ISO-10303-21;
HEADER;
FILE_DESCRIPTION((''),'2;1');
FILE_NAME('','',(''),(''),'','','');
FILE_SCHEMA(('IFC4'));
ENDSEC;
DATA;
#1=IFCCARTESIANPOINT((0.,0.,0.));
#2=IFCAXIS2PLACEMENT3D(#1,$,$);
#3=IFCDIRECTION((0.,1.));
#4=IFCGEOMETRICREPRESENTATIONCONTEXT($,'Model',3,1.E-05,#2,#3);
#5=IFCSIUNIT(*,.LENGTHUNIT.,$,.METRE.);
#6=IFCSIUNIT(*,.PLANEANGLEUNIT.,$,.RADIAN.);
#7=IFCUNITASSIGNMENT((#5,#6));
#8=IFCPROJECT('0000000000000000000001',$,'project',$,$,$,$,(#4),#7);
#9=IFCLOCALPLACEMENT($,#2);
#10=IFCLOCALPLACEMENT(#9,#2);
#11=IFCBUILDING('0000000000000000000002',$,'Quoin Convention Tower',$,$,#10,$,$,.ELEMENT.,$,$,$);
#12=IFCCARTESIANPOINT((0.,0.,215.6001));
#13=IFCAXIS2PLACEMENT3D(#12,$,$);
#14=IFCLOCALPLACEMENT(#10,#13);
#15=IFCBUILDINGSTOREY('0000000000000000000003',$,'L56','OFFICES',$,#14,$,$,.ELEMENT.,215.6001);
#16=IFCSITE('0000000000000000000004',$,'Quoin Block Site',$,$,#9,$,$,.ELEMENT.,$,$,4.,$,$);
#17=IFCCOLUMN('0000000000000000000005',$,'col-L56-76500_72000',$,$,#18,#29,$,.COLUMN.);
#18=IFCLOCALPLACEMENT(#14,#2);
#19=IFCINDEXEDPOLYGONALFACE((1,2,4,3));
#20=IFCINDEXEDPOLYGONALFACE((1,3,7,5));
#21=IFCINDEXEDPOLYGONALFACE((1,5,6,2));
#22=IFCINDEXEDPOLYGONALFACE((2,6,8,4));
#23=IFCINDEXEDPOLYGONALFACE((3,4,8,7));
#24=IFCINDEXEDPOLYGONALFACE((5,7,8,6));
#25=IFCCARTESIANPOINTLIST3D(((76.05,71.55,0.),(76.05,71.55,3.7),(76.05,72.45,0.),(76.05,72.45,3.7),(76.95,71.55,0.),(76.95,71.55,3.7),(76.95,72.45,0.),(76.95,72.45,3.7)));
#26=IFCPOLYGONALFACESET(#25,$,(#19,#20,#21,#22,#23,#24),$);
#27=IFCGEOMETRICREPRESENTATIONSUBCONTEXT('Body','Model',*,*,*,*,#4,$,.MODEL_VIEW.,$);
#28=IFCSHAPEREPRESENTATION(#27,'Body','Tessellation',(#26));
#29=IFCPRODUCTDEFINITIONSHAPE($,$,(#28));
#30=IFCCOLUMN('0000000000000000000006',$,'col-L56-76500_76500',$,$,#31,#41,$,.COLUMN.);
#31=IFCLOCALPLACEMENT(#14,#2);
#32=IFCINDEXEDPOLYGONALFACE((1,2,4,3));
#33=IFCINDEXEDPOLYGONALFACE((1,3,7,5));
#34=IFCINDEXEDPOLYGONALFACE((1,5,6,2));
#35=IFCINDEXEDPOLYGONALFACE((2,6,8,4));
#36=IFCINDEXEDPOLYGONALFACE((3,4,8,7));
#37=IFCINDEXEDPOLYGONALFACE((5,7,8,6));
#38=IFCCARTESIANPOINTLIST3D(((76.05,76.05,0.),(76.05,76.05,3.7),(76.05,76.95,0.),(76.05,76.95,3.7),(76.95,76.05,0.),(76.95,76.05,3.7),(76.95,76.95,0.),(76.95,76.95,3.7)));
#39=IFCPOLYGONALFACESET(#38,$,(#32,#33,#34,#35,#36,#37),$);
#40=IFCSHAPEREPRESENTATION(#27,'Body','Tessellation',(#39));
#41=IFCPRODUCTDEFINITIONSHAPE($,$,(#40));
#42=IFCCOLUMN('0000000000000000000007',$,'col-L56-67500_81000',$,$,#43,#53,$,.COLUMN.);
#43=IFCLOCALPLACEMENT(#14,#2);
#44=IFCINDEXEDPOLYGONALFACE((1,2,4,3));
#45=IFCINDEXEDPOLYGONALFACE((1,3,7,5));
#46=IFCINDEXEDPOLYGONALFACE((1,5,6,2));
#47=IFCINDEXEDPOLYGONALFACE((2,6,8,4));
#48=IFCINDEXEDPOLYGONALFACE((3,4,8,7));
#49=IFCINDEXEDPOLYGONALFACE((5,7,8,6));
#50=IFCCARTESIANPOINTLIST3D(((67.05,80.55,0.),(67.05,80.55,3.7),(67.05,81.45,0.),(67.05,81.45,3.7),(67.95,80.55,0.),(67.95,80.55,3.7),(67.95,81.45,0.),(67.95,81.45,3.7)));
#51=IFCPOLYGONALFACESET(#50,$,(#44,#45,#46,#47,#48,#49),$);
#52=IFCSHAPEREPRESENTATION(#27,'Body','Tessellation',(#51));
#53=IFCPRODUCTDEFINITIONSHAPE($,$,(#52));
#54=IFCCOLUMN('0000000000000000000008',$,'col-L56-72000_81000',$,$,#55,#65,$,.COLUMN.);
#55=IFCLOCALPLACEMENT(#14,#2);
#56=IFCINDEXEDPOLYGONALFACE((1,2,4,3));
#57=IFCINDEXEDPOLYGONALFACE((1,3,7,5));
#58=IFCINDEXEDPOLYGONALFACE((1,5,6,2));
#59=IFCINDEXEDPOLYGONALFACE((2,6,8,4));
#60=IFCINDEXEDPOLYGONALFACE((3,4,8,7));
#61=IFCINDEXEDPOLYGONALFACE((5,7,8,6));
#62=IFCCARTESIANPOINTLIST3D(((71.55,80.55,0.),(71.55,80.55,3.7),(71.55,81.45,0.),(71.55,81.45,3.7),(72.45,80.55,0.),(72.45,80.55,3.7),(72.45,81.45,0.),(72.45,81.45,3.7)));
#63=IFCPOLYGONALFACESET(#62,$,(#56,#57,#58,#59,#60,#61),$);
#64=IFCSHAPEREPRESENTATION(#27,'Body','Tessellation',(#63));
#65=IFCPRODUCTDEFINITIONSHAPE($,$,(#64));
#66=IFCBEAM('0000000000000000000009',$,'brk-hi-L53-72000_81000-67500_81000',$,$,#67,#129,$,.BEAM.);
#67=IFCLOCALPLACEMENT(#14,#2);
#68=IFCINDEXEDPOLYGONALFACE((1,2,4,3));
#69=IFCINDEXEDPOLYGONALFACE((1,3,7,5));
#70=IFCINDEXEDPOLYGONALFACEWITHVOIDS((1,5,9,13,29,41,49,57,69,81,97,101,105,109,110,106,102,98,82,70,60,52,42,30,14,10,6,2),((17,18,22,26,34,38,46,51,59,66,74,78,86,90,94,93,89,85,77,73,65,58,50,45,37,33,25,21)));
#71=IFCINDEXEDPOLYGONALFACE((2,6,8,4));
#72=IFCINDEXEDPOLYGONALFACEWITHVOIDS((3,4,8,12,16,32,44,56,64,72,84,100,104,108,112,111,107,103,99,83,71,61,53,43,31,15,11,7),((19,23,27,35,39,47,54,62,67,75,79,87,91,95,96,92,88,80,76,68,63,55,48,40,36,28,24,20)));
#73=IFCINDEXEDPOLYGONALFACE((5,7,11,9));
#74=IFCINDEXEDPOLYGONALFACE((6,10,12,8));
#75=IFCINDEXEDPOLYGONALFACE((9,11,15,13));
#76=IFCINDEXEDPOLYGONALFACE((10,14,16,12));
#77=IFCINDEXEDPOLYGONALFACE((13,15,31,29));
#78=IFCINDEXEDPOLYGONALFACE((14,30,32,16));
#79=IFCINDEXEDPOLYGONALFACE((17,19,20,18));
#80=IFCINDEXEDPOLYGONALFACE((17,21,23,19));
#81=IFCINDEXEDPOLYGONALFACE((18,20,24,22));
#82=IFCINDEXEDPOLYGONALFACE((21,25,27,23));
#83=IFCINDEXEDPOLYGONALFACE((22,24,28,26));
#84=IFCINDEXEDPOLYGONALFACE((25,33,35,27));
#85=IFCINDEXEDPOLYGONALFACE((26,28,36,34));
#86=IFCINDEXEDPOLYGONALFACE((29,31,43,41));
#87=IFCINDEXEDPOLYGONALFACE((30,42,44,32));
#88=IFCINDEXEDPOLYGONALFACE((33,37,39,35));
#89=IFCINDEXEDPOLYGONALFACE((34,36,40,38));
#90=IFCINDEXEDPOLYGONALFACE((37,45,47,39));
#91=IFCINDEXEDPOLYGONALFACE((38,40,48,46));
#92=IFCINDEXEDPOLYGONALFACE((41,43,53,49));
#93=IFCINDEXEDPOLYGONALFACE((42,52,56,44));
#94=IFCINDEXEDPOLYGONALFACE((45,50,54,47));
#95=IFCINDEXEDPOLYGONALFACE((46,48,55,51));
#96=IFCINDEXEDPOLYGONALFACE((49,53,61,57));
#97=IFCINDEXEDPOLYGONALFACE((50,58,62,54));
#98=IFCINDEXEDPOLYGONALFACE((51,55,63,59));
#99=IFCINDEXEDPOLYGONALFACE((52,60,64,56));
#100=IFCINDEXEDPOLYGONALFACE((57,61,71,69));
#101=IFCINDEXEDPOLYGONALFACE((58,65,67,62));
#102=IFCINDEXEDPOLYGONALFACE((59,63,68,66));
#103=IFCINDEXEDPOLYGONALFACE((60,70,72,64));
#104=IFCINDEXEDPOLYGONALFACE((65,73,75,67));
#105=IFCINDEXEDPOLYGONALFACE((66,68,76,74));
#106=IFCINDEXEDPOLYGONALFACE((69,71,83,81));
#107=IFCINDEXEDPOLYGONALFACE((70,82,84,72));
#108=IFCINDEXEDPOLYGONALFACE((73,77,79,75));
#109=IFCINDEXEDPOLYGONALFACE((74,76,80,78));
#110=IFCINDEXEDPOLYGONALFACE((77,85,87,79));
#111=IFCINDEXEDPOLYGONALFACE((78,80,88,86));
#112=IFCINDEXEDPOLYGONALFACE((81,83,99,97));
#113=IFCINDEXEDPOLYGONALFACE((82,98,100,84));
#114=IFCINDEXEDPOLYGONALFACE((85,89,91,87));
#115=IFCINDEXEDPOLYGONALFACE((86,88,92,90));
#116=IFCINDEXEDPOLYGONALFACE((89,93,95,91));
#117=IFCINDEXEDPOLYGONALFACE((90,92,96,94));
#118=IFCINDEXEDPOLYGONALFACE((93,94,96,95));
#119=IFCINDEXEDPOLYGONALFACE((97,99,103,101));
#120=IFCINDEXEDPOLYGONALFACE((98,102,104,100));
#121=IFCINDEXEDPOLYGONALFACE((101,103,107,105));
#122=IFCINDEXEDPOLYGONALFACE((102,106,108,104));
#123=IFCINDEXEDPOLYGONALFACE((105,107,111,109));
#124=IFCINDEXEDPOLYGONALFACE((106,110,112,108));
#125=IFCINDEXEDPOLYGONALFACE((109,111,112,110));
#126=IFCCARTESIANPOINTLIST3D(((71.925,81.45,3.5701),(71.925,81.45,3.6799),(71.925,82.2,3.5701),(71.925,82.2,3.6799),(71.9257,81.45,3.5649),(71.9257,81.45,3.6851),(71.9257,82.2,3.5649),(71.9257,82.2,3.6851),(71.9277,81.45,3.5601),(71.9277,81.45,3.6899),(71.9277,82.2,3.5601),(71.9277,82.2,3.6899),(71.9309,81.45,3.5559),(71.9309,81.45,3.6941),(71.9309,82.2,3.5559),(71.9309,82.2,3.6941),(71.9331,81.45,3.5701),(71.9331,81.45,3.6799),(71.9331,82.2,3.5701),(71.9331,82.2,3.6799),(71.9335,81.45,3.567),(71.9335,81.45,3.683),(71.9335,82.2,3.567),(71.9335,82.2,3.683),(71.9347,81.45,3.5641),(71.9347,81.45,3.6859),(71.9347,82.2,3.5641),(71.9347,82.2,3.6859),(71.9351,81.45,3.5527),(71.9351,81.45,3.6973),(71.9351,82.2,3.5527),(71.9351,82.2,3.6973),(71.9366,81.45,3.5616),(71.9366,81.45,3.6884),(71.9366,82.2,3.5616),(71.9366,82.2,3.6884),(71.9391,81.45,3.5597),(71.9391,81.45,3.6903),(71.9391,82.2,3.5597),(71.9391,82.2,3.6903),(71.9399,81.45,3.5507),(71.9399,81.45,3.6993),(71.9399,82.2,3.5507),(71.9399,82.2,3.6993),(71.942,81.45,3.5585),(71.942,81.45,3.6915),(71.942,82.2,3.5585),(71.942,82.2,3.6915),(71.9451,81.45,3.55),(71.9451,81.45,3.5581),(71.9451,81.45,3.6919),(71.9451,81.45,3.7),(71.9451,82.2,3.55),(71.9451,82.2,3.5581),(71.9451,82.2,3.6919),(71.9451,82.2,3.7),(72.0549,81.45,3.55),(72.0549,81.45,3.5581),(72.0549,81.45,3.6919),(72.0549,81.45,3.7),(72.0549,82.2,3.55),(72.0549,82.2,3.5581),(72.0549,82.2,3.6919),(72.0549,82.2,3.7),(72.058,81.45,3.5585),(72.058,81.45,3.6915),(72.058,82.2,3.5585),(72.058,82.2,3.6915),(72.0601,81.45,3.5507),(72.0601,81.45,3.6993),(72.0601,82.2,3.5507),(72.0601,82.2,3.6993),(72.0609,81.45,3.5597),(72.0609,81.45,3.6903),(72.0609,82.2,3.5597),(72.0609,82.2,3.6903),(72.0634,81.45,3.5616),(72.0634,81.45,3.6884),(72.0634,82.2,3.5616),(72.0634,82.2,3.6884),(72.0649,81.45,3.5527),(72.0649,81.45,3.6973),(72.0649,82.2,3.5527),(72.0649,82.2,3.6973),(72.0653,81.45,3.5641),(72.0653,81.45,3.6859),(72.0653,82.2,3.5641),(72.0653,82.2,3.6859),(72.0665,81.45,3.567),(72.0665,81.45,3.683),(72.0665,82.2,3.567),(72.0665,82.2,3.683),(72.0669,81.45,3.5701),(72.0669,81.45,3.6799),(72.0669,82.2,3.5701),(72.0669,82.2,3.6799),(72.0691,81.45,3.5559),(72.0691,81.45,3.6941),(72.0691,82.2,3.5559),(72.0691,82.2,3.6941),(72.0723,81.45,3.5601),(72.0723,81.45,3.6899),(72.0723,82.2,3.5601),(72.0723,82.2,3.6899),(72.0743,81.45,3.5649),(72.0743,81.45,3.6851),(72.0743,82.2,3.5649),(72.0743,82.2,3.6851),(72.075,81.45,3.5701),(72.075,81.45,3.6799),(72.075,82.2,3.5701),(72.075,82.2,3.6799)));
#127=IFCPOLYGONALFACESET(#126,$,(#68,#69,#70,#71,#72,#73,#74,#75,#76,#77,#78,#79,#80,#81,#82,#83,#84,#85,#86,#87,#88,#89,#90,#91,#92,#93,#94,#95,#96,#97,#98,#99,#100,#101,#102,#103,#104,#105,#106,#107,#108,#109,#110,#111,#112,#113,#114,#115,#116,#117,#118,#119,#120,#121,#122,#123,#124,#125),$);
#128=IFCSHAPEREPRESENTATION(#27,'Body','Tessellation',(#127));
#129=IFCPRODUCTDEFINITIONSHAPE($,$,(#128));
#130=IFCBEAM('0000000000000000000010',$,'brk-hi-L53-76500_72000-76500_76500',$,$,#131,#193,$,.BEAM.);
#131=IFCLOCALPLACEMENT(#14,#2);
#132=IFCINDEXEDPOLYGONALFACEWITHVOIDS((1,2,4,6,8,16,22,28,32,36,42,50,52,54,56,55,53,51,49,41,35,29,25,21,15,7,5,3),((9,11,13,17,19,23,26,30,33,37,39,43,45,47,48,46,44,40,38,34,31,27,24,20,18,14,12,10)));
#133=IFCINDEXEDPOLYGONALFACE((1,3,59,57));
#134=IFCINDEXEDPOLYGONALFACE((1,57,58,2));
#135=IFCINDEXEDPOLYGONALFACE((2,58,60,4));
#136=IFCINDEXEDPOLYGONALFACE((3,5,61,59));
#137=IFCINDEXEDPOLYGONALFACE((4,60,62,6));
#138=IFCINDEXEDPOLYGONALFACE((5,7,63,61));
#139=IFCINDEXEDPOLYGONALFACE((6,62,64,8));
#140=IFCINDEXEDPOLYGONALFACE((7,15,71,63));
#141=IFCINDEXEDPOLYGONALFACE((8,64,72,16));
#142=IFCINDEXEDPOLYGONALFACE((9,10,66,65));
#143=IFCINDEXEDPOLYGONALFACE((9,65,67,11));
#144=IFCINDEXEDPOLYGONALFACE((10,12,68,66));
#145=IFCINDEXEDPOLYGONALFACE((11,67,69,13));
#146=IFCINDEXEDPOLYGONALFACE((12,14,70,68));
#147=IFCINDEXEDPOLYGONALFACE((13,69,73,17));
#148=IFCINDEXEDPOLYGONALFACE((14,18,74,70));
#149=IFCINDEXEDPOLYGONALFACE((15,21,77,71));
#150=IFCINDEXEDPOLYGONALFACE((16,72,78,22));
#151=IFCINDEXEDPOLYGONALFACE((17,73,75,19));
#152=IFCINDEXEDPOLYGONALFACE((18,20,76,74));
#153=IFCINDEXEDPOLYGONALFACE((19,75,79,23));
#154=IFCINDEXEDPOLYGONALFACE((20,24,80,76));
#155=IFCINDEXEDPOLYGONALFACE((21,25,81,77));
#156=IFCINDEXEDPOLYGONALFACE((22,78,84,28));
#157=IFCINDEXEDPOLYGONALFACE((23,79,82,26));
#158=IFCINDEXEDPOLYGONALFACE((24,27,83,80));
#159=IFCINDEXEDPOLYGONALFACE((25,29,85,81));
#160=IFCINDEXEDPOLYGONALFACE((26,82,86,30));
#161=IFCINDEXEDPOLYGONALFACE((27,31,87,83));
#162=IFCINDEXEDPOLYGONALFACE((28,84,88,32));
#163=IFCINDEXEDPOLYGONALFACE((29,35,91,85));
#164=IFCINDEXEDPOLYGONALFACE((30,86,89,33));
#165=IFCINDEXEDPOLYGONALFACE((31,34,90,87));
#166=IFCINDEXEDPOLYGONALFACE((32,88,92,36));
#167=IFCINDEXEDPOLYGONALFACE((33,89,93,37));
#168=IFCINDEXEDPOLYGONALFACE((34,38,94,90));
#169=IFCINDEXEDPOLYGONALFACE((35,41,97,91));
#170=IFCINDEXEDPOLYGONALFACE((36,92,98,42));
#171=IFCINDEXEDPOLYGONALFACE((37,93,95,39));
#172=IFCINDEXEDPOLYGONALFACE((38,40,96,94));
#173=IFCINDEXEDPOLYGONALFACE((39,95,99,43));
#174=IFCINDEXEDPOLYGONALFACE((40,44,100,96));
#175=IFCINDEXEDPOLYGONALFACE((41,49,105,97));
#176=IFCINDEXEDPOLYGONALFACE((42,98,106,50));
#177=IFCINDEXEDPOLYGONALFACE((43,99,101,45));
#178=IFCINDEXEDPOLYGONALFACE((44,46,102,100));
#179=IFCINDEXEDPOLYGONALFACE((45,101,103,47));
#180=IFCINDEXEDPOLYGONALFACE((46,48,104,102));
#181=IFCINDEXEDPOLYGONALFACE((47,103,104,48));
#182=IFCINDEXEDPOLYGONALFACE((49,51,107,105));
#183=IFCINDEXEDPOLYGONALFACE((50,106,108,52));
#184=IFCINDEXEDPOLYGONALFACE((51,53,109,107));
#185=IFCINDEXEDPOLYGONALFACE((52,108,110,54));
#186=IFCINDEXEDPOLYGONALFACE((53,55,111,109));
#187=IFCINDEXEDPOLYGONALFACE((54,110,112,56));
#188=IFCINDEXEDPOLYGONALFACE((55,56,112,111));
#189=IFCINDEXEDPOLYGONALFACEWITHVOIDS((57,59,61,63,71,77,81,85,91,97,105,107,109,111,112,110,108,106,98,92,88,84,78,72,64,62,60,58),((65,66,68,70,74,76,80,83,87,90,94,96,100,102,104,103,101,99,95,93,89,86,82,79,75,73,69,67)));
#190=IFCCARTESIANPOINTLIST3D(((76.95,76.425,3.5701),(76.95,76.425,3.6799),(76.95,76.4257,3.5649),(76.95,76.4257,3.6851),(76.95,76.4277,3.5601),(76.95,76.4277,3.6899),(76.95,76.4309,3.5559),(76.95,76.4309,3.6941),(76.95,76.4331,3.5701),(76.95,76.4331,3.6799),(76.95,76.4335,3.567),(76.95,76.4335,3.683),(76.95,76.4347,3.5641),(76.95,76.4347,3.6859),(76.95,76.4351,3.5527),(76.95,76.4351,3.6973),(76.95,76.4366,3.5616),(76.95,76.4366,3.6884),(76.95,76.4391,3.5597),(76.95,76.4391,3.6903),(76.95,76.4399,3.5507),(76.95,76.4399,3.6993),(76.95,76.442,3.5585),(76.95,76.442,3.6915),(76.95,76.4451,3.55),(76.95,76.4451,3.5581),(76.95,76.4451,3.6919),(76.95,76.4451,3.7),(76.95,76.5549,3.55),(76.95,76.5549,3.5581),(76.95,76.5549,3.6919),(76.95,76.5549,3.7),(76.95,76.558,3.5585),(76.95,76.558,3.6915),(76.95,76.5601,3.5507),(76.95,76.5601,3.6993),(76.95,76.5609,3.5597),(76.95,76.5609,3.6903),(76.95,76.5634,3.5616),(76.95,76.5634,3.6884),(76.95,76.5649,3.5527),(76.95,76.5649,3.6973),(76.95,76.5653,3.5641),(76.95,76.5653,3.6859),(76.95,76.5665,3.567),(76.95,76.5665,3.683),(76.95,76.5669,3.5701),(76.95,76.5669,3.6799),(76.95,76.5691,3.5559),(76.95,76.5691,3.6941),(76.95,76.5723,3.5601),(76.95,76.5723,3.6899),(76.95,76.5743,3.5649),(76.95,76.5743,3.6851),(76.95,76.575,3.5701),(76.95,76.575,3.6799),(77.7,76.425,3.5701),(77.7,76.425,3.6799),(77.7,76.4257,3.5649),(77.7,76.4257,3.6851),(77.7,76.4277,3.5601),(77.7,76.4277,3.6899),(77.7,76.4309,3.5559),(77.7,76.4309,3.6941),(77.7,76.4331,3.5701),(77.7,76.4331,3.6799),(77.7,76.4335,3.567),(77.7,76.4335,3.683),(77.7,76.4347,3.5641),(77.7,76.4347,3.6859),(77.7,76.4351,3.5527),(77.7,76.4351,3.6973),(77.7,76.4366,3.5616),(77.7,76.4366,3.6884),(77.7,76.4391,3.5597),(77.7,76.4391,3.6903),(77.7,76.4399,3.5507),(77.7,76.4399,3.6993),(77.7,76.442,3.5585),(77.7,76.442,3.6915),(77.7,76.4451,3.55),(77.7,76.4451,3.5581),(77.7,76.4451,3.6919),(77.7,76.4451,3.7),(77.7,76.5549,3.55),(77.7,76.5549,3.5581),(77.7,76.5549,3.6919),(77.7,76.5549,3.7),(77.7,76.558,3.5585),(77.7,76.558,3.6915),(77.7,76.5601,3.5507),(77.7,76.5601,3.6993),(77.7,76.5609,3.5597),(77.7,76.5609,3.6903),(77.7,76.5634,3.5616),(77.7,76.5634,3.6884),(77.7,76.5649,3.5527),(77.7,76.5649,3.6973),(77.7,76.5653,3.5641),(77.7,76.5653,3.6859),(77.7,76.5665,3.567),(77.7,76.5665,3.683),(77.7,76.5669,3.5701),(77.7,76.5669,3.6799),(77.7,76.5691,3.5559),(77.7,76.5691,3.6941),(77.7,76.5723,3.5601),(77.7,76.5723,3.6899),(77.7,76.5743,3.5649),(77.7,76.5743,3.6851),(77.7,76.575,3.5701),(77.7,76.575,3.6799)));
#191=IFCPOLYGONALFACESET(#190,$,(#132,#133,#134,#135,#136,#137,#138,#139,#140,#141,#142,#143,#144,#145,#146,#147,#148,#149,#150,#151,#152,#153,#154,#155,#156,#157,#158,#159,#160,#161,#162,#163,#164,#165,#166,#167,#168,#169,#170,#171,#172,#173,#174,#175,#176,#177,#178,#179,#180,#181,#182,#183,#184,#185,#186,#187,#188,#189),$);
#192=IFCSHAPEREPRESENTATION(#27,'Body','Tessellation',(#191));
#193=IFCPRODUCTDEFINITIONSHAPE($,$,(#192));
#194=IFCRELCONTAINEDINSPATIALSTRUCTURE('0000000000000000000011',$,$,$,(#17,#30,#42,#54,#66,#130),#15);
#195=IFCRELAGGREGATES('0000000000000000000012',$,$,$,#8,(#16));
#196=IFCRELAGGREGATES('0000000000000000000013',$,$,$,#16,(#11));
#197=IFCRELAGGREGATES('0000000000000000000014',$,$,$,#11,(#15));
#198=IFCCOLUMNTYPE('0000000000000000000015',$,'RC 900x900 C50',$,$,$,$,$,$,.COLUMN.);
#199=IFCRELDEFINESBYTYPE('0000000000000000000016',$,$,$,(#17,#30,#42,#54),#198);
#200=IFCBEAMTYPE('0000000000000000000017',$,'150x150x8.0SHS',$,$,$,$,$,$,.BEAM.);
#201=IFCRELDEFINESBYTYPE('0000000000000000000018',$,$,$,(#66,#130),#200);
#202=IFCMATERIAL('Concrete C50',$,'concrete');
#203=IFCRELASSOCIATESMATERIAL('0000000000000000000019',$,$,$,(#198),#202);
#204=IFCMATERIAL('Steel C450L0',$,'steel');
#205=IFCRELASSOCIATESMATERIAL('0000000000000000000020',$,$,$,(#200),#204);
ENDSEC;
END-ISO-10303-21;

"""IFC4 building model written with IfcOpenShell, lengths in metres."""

from ifc_helpers import new_model, si_unit, direction, frame, origin, origin_2d, place, context, subcontext, project, spatial, rectangle, hollow_rectangle, extrude, material, material_profile, profile_set, type_object, element, save


model = new_model("IFC4")

# Units and contexts
model_context = context("Model", 3, precision=1e-05, world=origin(), true_north=direction((0.0, 1.0)))
body_context = subcontext(model_context, "Body", "Model", "MODEL_VIEW")
ifc_project = project(units=[si_unit("LENGTHUNIT", "METRE"), si_unit("PLANEANGLEUNIT", "RADIAN")], contexts=[model_context])

# Site, building, storey
site_placement = place(None, origin())
site = spatial("IfcSite", under=ifc_project, at=site_placement, Name="Quoin Block Site", CompositionType="ELEMENT", RefElevation=4.0)
building_placement = place(site_placement, origin())
building = spatial("IfcBuilding", under=site, at=building_placement, Name="Quoin Convention Tower", CompositionType="ELEMENT")
storey_placement = place(building_placement, frame((0.0, 0.0, 215.6001)))
storey = spatial("IfcBuildingStorey", under=building, at=storey_placement, Name="L56", Description="OFFICES", CompositionType="ELEMENT", Elevation=215.6001)

# Columns
ifc_material_1 = material(Name="Concrete C50", Category="concrete")
ifc_material_profile_1 = material_profile(ifc_material_1, rectangle(XDim=0.8999, YDim=0.8999, at=origin_2d()), Name="RC 900x900")
ifc_profile_set_1 = profile_set([ifc_material_profile_1], Name="Concrete C50")
column_type = type_object("IfcColumnType", Name="RC 900x900 C50", PredefinedType="COLUMN", material=ifc_profile_set_1)
for number, where, z_axis, x_axis, name in (
    (1, (76.5, 72.0, 0.0), (0.0, 0.0, 1.0), (1.0, 0.0, 0.0), "col-L56-76500_72000"),
    (2, (76.5, 76.5, 0.0), (0.0, 0.0, 1.0), (1.0, 0.0, 0.0), "col-L56-76500_76500"),
    (3, (67.5, 81.0, 0.0), (0.0, 0.0, 1.0), (1.0, 0.0, 0.0), "col-L56-67500_81000"),
    (4, (72.0, 81.0, 0.0), (0.0, 0.0, 1.0), (1.0, 0.0, 0.0), "col-L56-72000_81000"),
):
    element("IfcColumn", number, at=place(storey_placement, frame(where, z_axis=z_axis, x_axis=x_axis)), inside=storey, type_object=column_type, Name=name, PredefinedType="COLUMN", context=body_context, shape_type="SweptSolid", body=[
        extrude(rectangle(XDim=0.8999, YDim=0.8999, at=origin_2d()), origin(), (0.0, 0.0, 1.0), 3.7),
    ])

# Beams
ifc_material_2 = material(Name="Steel C450L0", Category="steel")
ifc_material_profile_2 = material_profile(ifc_material_2, hollow_rectangle(XDim=0.1499, YDim=0.1499, WallThickness=0.0081, InnerFilletRadius=0.012, OuterFilletRadius=0.02, at=origin_2d()), Name="150x150x8.0SHS")
ifc_profile_set_2 = profile_set([ifc_material_profile_2], Name="Steel C450L0")
beam_type_1 = type_object("IfcBeamType", Name="150x150x8.0SHS", PredefinedType="BEAM", material=ifc_profile_set_2)
for number, where, z_axis, x_axis, name in (
    (5, (72.0, 81.45, 3.625), (0.0, 1.0, 0.0), (-1.0, 0.0, 0.0), "brk-hi-L53-72000_81000-67500_81000"),
    (6, (76.95, 76.5, 3.625), (1.0, 0.0, 0.0), (0.0, 1.0, 0.0), "brk-hi-L53-76500_72000-76500_76500"),
):
    element("IfcBeam", number, at=place(storey_placement, frame(where, z_axis=z_axis, x_axis=x_axis)), inside=storey, type_object=beam_type_1, Name=name, PredefinedType="BEAM", context=body_context, shape_type="SweptSolid", body=[
        extrude(hollow_rectangle(XDim=0.1499, YDim=0.1499, WallThickness=0.0081, InnerFilletRadius=0.012, OuterFilletRadius=0.02, at=origin_2d()), origin(), (0.0, 0.0, 1.0), 0.75),
    ])

save(model, "model.ifc")
